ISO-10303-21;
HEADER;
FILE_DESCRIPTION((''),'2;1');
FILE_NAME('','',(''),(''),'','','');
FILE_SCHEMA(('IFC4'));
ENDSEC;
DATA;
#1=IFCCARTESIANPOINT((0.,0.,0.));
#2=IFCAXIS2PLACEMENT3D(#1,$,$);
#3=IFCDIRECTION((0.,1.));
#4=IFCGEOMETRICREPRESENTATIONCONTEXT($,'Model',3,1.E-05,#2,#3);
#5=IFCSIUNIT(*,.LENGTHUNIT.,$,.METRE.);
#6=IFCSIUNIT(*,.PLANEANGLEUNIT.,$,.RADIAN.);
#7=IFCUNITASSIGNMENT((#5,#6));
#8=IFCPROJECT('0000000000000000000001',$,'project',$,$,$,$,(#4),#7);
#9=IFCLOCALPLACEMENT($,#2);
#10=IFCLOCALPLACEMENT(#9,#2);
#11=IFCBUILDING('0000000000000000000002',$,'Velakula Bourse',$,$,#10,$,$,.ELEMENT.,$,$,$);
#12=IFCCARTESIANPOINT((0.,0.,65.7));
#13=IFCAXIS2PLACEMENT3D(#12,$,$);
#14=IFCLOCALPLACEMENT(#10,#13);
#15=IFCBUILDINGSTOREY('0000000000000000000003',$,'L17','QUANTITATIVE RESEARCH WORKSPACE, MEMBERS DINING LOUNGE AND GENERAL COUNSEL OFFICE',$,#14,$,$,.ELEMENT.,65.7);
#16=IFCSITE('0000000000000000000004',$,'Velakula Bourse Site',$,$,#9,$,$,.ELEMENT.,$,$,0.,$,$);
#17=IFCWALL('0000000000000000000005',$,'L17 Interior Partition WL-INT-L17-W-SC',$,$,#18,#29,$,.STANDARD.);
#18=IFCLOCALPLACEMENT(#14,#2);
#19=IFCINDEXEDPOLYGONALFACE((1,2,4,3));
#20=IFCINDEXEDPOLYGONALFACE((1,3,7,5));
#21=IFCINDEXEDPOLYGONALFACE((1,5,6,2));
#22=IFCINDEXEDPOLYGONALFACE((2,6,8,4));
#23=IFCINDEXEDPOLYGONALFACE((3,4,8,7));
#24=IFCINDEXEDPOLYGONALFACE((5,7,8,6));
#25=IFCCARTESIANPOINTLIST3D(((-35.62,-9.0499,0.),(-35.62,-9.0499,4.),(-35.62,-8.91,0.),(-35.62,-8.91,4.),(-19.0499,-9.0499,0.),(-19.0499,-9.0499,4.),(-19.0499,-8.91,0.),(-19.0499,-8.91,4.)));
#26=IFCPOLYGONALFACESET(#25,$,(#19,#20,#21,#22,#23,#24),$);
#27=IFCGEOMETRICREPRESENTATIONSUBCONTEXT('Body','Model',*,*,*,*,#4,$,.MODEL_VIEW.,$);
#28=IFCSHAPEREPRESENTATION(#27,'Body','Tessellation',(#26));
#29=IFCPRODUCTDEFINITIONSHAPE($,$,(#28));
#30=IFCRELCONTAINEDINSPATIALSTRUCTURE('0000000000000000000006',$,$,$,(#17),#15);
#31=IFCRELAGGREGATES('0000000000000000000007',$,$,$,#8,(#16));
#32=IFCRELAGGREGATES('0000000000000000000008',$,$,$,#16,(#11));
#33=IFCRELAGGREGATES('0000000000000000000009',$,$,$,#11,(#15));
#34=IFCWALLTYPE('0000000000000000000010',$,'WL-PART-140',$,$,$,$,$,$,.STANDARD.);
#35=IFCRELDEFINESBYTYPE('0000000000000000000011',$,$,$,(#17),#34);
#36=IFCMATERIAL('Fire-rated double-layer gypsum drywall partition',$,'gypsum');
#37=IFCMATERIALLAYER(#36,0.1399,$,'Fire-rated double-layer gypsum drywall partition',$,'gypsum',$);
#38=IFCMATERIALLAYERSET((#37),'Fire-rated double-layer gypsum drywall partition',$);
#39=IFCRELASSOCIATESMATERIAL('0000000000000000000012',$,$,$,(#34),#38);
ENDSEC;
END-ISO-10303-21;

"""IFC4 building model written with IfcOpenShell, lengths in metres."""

from ifc_helpers import new_model, si_unit, direction, frame, frame_2d, origin, place, context, subcontext, project, spatial, rectangle, extrude, material, layer, layer_set, type_object, element, save


model = new_model("IFC4")

# Units and contexts
model_context = context("Model", 3, precision=1e-05, world=origin(), true_north=direction((0.0, 1.0)))
body_context = subcontext(model_context, "Body", "Model", "MODEL_VIEW")
ifc_project = project(units=[si_unit("LENGTHUNIT", "METRE"), si_unit("PLANEANGLEUNIT", "RADIAN")], contexts=[model_context])

# Site, building, storey
site_placement = place(None, origin())
site = spatial("IfcSite", under=ifc_project, at=site_placement, Name="Velakula Bourse Site", CompositionType="ELEMENT", RefElevation=0.0)
building_placement = place(site_placement, origin())
building = spatial("IfcBuilding", under=site, at=building_placement, Name="Velakula Bourse", CompositionType="ELEMENT")
storey_placement = place(building_placement, frame((0.0, 0.0, 65.7)))
storey = spatial("IfcBuildingStorey", under=building, at=storey_placement, Name="L17", Description="QUANTITATIVE RESEARCH WORKSPACE, MEMBERS DINING LOUNGE AND GENERAL COUNSEL OFFICE", CompositionType="ELEMENT", Elevation=65.7)

# Shared definitions
ifc_material_1 = material(Name="Fire-rated double-layer gypsum drywall partition", Category="gypsum")
ifc_layer = layer(ifc_material_1, 0.1399, Name="Fire-rated double-layer gypsum drywall partition", Category="gypsum")
ifc_layer_set = layer_set([ifc_layer], Name="Fire-rated double-layer gypsum drywall partition")
wall_type = type_object("IfcWallType", Name="WL-PART-140", PredefinedType="STANDARD", material=ifc_layer_set)

# Wall
wall_1_placement = place(storey_placement, frame((-35.6201, -8.98, 0.0), z_axis=(0.0, 0.0, 1.0), x_axis=(1.0, 0.0, 0.0)))
element("IfcWall", 1, at=wall_1_placement, inside=storey, type_object=wall_type, Name="L17 Interior Partition WL-INT-L17-W-SC", PredefinedType="STANDARD", context=body_context, shape_type="SweptSolid", body=[
    extrude(rectangle(XDim=16.5701, YDim=0.1399, at=frame_2d((8.2852, 0.0))), origin(), (0.0, 0.0, 1.0), 4.0),
])

save(model, "model.ifc")
